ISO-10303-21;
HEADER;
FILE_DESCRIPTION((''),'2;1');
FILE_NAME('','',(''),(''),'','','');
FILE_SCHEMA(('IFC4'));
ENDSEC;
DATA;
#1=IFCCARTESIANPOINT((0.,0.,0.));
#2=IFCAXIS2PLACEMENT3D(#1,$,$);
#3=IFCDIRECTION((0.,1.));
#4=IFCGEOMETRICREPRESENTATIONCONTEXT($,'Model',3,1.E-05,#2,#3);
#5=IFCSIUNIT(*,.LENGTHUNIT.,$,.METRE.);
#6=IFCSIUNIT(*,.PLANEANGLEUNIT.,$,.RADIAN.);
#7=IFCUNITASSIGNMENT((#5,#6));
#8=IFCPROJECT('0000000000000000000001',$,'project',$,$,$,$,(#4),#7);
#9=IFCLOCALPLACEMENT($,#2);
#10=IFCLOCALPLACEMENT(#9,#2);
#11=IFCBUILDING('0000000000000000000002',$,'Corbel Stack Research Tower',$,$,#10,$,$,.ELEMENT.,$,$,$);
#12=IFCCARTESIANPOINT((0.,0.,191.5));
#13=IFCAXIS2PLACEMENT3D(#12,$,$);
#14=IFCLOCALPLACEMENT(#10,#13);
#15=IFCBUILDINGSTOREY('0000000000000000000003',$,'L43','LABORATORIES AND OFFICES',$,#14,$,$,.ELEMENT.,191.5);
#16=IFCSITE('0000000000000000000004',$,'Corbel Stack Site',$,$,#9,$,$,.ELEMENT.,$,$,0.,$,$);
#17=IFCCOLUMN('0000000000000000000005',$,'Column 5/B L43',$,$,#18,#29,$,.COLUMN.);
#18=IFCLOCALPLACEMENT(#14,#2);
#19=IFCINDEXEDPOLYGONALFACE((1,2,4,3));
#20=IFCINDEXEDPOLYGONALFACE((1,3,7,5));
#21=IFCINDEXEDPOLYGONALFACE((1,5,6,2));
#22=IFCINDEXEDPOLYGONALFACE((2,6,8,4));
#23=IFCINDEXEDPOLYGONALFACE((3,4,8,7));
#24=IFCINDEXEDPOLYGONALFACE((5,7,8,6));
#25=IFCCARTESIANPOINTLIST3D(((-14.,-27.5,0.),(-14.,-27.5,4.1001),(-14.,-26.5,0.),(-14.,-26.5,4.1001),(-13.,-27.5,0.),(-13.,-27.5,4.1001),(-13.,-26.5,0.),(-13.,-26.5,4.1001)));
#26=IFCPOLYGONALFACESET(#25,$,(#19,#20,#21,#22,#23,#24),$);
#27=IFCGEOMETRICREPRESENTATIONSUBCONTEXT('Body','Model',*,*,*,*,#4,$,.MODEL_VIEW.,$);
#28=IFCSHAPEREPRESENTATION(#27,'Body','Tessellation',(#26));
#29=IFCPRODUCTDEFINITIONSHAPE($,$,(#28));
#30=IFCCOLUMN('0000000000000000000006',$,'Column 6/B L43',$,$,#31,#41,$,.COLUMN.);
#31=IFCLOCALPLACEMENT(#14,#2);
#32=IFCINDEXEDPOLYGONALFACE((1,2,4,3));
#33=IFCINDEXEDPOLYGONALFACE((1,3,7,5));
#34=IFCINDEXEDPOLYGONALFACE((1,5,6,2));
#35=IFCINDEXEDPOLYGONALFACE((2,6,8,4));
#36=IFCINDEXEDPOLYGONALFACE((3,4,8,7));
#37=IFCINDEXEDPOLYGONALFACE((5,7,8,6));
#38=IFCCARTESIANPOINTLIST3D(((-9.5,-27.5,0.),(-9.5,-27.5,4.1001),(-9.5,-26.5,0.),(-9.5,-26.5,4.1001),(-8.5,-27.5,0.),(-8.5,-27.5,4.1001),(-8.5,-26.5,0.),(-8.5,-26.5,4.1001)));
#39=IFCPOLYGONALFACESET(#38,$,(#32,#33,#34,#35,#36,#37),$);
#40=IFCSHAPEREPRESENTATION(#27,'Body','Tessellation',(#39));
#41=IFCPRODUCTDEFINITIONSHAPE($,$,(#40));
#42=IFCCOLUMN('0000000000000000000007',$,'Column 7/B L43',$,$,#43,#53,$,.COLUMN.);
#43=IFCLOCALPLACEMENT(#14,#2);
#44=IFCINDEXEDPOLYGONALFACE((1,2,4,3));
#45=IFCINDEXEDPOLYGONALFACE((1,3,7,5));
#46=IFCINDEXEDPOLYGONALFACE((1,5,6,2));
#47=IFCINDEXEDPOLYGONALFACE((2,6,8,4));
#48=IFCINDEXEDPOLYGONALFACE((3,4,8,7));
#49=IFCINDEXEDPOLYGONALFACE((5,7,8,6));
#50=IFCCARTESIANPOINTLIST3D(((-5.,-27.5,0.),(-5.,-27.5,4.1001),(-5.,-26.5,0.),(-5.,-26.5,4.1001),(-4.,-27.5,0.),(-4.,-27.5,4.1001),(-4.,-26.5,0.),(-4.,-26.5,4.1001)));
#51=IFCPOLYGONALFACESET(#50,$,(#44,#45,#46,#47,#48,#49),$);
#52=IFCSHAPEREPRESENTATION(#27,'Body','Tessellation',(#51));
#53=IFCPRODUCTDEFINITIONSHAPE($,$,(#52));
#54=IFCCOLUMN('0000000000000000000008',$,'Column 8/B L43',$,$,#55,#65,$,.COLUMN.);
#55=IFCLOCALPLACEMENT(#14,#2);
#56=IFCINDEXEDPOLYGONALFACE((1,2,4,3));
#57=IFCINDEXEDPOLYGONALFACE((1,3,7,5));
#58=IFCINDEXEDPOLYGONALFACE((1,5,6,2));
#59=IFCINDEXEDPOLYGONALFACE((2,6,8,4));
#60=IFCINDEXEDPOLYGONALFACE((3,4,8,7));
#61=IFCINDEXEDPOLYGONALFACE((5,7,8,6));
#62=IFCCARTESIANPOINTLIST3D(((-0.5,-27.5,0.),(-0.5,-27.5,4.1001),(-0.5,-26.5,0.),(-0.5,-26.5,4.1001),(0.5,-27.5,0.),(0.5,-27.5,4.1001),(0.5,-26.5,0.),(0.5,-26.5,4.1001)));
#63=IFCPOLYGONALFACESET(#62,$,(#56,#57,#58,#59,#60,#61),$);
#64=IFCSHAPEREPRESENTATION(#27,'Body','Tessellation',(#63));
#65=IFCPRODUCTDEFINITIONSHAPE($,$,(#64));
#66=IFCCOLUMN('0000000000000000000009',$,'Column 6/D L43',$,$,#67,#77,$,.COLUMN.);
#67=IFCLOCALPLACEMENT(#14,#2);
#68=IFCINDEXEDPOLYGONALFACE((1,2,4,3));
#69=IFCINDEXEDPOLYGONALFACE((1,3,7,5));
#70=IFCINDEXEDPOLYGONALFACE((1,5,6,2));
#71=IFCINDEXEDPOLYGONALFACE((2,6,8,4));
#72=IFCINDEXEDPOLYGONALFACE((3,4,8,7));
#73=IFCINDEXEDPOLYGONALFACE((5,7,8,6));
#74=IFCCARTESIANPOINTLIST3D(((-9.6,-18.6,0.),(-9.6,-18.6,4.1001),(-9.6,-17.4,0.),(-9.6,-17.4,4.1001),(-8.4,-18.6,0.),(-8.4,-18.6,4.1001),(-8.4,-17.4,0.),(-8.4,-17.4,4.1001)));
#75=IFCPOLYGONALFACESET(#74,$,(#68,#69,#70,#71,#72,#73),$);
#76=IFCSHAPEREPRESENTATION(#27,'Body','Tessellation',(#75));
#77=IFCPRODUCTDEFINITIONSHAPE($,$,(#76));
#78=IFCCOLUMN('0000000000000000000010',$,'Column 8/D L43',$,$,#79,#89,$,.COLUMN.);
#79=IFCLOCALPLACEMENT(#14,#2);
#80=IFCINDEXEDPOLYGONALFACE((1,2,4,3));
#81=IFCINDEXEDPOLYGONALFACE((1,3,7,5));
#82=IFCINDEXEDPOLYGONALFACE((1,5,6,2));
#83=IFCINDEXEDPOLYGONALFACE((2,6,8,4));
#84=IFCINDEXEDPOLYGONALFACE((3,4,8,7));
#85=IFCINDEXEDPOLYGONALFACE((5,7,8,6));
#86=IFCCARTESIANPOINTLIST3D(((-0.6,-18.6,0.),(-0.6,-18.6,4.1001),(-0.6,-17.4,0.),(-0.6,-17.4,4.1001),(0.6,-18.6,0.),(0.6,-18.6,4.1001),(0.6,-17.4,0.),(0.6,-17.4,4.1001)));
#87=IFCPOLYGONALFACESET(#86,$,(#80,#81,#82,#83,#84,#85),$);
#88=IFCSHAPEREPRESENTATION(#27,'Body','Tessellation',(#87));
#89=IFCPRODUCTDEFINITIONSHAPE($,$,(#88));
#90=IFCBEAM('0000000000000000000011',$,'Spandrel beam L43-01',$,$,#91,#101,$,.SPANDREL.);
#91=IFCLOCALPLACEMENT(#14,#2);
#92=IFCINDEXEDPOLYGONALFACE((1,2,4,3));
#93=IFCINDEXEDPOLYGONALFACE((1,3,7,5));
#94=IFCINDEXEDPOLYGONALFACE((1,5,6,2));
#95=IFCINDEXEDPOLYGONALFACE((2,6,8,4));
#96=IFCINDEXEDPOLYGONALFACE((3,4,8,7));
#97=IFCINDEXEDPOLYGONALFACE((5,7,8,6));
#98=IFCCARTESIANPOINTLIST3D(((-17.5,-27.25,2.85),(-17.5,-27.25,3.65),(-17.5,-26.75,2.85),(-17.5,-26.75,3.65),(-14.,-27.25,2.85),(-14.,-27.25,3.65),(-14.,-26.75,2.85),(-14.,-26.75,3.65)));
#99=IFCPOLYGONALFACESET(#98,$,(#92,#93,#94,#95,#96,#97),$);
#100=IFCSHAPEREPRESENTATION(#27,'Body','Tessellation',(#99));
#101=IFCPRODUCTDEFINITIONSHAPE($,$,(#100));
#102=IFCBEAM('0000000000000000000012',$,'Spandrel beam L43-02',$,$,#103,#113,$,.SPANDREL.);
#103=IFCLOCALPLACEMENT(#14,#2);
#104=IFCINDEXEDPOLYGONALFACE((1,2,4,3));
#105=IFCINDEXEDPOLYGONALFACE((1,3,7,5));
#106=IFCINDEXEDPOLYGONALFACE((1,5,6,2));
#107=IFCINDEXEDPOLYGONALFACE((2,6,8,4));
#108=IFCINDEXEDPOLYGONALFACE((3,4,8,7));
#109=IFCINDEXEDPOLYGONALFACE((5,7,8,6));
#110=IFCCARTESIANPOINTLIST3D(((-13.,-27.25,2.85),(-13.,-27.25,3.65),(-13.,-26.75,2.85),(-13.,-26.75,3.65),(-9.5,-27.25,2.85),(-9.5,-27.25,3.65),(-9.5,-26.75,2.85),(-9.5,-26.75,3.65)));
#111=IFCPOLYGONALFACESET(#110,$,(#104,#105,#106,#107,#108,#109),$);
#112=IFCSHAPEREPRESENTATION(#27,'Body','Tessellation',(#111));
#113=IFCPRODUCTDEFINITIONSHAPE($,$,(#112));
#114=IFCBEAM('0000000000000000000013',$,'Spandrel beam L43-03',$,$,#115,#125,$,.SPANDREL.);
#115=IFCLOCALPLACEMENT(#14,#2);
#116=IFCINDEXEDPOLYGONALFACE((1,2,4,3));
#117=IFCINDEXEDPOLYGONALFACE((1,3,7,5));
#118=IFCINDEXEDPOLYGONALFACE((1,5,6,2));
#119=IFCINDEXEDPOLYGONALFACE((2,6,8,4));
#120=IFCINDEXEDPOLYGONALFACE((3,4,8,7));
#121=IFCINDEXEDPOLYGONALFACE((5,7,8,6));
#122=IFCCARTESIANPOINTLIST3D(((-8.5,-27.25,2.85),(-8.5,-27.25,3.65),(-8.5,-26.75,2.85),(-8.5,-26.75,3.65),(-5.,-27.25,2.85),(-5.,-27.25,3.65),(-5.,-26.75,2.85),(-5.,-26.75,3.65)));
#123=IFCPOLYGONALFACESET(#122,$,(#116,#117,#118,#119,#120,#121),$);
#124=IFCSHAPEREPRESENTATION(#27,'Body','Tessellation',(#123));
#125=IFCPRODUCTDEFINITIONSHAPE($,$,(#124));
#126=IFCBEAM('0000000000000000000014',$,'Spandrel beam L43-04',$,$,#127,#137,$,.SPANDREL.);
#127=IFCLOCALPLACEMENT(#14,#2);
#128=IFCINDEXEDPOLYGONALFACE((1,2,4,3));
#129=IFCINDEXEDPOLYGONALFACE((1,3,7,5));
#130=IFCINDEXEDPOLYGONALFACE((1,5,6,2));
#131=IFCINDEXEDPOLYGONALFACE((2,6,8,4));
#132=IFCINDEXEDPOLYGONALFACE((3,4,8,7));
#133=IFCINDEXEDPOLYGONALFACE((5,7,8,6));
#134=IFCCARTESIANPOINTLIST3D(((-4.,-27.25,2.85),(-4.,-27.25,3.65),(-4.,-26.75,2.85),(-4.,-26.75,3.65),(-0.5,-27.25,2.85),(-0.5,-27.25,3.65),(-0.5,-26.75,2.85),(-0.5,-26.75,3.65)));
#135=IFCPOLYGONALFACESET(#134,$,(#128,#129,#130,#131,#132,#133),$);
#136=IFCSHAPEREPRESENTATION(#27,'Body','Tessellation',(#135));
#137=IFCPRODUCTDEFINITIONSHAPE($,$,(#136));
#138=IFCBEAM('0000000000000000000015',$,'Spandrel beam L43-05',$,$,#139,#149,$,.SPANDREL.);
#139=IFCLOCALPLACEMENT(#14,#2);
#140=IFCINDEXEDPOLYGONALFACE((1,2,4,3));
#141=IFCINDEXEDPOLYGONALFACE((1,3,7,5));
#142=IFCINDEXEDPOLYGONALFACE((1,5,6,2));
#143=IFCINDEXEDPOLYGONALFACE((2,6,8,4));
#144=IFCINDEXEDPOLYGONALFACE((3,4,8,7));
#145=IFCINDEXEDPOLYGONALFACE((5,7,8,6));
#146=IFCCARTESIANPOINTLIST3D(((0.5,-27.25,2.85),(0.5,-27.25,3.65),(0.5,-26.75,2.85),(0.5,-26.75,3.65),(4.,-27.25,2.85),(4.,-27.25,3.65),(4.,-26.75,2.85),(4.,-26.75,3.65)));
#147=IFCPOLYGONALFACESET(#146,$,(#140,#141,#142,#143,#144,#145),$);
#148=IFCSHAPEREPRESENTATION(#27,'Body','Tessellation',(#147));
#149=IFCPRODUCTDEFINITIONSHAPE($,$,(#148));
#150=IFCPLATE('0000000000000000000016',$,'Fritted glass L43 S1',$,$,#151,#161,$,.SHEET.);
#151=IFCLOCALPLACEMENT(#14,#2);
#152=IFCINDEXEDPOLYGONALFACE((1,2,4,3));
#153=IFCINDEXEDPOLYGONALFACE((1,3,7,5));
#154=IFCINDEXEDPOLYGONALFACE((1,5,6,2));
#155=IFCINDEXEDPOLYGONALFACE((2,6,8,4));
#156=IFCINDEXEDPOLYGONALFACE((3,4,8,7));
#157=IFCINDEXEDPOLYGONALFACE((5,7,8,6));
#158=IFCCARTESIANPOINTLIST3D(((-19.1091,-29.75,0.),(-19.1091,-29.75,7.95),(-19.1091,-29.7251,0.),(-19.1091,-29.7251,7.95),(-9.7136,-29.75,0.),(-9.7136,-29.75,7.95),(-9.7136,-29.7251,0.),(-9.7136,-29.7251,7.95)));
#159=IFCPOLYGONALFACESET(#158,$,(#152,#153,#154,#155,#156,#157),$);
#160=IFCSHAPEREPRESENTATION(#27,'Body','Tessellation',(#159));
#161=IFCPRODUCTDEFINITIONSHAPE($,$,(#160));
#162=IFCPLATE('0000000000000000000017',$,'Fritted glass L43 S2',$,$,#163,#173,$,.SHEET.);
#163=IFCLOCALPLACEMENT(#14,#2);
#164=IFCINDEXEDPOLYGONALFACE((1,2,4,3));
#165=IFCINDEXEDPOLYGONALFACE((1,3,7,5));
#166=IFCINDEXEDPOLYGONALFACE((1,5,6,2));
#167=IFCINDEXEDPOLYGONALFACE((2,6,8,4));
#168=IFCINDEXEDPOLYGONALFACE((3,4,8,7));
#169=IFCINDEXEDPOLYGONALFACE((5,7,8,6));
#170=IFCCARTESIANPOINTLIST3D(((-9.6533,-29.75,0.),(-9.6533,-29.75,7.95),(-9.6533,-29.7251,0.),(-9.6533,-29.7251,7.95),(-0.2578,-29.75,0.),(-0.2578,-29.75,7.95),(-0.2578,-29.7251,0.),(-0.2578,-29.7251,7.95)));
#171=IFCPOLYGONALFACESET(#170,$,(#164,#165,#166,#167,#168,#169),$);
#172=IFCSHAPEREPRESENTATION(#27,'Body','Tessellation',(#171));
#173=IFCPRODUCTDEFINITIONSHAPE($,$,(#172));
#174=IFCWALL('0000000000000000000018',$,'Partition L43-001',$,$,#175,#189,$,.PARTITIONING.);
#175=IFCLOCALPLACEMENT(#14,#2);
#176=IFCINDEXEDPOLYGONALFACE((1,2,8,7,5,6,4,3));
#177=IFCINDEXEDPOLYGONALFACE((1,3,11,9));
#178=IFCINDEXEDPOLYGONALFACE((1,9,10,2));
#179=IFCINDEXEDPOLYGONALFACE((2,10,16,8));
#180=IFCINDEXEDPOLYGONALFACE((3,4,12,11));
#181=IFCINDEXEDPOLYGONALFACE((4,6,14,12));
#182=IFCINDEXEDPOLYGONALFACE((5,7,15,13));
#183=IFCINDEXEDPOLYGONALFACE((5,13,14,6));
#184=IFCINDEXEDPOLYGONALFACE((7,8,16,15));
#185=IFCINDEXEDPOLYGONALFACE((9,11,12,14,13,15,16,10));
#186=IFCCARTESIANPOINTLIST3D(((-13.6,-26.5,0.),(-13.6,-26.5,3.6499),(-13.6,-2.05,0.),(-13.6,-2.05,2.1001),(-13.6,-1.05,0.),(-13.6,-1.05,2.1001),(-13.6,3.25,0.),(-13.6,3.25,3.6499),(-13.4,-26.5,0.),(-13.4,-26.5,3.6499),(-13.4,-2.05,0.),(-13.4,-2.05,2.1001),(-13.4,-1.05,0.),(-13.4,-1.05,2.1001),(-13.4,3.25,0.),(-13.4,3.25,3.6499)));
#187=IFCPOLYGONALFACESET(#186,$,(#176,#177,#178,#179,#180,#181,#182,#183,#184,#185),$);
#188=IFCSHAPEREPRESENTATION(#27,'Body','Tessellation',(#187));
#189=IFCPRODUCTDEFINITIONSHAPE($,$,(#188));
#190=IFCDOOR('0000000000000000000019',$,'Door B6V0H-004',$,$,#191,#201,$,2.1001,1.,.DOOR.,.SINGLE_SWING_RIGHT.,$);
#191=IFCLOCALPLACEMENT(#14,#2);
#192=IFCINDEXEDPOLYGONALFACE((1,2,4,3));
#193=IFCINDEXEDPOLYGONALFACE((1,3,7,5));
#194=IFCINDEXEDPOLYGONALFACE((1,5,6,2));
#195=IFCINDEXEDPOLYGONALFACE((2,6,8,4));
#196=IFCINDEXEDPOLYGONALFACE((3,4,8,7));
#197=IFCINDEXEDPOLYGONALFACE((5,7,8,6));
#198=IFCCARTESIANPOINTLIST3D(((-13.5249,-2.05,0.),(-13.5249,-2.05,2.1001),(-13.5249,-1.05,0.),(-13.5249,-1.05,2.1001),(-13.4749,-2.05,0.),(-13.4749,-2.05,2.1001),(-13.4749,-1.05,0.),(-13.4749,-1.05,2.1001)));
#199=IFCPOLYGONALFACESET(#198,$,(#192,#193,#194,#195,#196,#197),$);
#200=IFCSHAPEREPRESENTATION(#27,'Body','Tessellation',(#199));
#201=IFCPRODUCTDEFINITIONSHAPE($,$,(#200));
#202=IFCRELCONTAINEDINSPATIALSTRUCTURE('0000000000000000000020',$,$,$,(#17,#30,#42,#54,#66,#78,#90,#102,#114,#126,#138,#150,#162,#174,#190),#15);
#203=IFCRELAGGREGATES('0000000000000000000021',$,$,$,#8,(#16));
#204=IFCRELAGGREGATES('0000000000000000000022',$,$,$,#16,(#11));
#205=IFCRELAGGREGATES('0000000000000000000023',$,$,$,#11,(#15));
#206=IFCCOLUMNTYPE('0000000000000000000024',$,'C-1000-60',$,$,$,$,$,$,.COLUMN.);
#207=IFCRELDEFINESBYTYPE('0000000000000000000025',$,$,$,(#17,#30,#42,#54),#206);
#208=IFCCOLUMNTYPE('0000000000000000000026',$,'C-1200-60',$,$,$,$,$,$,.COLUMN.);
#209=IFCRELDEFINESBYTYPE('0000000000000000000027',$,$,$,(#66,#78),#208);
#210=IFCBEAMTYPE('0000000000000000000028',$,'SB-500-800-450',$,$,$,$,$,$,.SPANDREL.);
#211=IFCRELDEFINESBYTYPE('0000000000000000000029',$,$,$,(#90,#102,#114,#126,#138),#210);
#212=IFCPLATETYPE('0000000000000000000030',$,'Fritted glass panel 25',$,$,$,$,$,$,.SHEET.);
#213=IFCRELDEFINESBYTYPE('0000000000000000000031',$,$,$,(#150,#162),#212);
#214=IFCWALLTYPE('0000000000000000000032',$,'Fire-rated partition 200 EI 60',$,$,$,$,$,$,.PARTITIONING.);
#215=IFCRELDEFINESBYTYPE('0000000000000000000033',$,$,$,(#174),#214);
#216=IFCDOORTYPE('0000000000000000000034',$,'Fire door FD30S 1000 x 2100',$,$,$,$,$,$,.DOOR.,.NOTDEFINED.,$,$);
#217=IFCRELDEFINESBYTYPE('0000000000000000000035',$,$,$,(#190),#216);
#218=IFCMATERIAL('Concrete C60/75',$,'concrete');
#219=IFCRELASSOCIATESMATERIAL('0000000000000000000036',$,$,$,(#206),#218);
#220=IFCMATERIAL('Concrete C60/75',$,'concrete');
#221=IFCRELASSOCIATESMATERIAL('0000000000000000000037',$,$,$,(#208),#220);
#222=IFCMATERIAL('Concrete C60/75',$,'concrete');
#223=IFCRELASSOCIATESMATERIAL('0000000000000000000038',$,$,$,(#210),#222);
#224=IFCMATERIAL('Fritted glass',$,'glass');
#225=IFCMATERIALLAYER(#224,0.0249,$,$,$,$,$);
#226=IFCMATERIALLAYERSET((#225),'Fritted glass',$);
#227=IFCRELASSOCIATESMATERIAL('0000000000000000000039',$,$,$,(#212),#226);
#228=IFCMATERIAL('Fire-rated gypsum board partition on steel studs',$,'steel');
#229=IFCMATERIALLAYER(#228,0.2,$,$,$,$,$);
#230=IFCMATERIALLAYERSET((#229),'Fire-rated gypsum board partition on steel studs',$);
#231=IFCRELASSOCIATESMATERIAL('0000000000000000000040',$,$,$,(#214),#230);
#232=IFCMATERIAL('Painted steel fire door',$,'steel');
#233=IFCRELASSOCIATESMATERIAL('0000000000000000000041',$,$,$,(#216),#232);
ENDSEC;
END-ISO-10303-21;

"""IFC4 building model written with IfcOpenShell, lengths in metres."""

from ifc_helpers import new_model, si_unit, direction, frame, frame_2d, origin, origin_2d, place, context, subcontext, project, spatial, rectangle, extrude, material, layer, layer_set, material_profile, profile_set, type_object, element, fill, save


model = new_model("IFC4")

# Units and contexts
model_context = context("Model", 3, precision=1e-05, world=origin(), true_north=direction((0.0, 1.0)))
body_context = subcontext(model_context, "Body", "Model", "MODEL_VIEW")
ifc_project = project(units=[si_unit("LENGTHUNIT", "METRE"), si_unit("PLANEANGLEUNIT", "RADIAN")], contexts=[model_context])

# Site, building, storey
site_placement = place(None, origin())
site = spatial("IfcSite", under=ifc_project, at=site_placement, Name="Corbel Stack Site", CompositionType="ELEMENT", RefElevation=0.0)
building_placement = place(site_placement, origin())
building = spatial("IfcBuilding", under=site, at=building_placement, Name="Corbel Stack Research Tower", CompositionType="ELEMENT")
storey_placement = place(building_placement, frame((0.0, 0.0, 191.5)))
storey = spatial("IfcBuildingStorey", under=building, at=storey_placement, Name="L43", Description="LABORATORIES AND OFFICES", CompositionType="ELEMENT", Elevation=191.5)

# Columns
ifc_material_1 = material(Name="Concrete C60/75", Category="concrete")
ifc_material_profile_1 = material_profile(ifc_material_1, rectangle(XDim=1.0, YDim=1.0, at=origin_2d()), Name="RC 1000 x 1000")
ifc_profile_set_1 = profile_set([ifc_material_profile_1], Name="Concrete C60/75")
column_type_1 = type_object("IfcColumnType", Name="C-1000-60", PredefinedType="COLUMN", material=ifc_profile_set_1)
for number, where, z_axis, x_axis, name in (
    (1, (-13.5, -27.0, 0.0), (0.0, 0.0, 1.0), (1.0, 0.0, 0.0), "Column 5/B L43"),
    (2, (-9.0, -27.0, 0.0), (0.0, 0.0, 1.0), (1.0, 0.0, 0.0), "Column 6/B L43"),
    (3, (-4.5, -27.0, 0.0), (0.0, 0.0, 1.0), (1.0, 0.0, 0.0), "Column 7/B L43"),
    (4, (0.0, -27.0, 0.0), (0.0, 0.0, 1.0), (1.0, 0.0, 0.0), "Column 8/B L43"),
):
    element("IfcColumn", number, at=place(storey_placement, frame(where, z_axis=z_axis, x_axis=x_axis)), inside=storey, type_object=column_type_1, Name=name, PredefinedType="COLUMN", context=body_context, shape_type="SweptSolid", body=[
        extrude(rectangle(XDim=1.0, YDim=1.0, at=origin_2d()), origin(), (0.0, 0.0, 1.0), 4.1001),
    ])
ifc_material_2 = material(Name="Concrete C60/75", Category="concrete")
ifc_material_profile_2 = material_profile(ifc_material_2, rectangle(XDim=1.2, YDim=1.2, at=origin_2d()), Name="RC 1200 x 1200")
ifc_profile_set_2 = profile_set([ifc_material_profile_2], Name="Concrete C60/75")
column_type_2 = type_object("IfcColumnType", Name="C-1200-60", PredefinedType="COLUMN", material=ifc_profile_set_2)
for number, where, z_axis, x_axis, name in (
    (5, (-9.0, -18.0, 0.0), (0.0, 0.0, 1.0), (1.0, 0.0, 0.0), "Column 6/D L43"),
    (6, (0.0, -18.0, 0.0), (0.0, 0.0, 1.0), (1.0, 0.0, 0.0), "Column 8/D L43"),
):
    element("IfcColumn", number, at=place(storey_placement, frame(where, z_axis=z_axis, x_axis=x_axis)), inside=storey, type_object=column_type_2, Name=name, PredefinedType="COLUMN", context=body_context, shape_type="SweptSolid", body=[
        extrude(rectangle(XDim=1.2, YDim=1.2, at=origin_2d()), origin(), (0.0, 0.0, 1.0), 4.1001),
    ])

# Beams
ifc_material_3 = material(Name="Concrete C60/75", Category="concrete")
ifc_material_profile_3 = material_profile(ifc_material_3, rectangle(XDim=0.5, YDim=0.8, at=origin_2d()), Name="RC 500 x 800")
ifc_profile_set_3 = profile_set([ifc_material_profile_3], Name="Concrete C60/75")
beam_type = type_object("IfcBeamType", Name="SB-500-800-450", PredefinedType="SPANDREL", material=ifc_profile_set_3)
for number, where, z_axis, x_axis, name in (
    (7, (-17.5, -27.0, 3.25), (1.0, 0.0, 0.0), (0.0, 1.0, 0.0), "Spandrel beam L43-01"),
    (8, (-13.0, -27.0, 3.25), (1.0, 0.0, 0.0), (0.0, 1.0, 0.0), "Spandrel beam L43-02"),
    (9, (-8.5, -27.0, 3.25), (1.0, 0.0, 0.0), (0.0, 1.0, 0.0), "Spandrel beam L43-03"),
    (10, (-4.0, -27.0, 3.25), (1.0, 0.0, 0.0), (0.0, 1.0, 0.0), "Spandrel beam L43-04"),
    (11, (0.5, -27.0, 3.25), (1.0, 0.0, 0.0), (0.0, 1.0, 0.0), "Spandrel beam L43-05"),
):
    element("IfcBeam", number, at=place(storey_placement, frame(where, z_axis=z_axis, x_axis=x_axis)), inside=storey, type_object=beam_type, Name=name, PredefinedType="SPANDREL", context=body_context, shape_type="SweptSolid", body=[
        extrude(rectangle(XDim=0.5, YDim=0.8, at=origin_2d()), origin(), (0.0, 0.0, 1.0), 3.5),
    ])

# Plates
ifc_material_4 = material(Name="Fritted glass", Category="glass")
ifc_layer_1 = layer(ifc_material_4, 0.0249)
ifc_layer_set_1 = layer_set([ifc_layer_1], Name="Fritted glass")
plate_type = type_object("IfcPlateType", Name="Fritted glass panel 25", PredefinedType="SHEET", material=ifc_layer_set_1)
for number, where, z_axis, x_axis, name in (
    (12, (-14.4114, -29.7375, 0.0), (0.0, 0.0, 1.0), (1.0, 0.0, 0.0), "Fritted glass L43 S1"),
    (13, (-4.9556, -29.7375, 0.0), (0.0, 0.0, 1.0), (1.0, 0.0, 0.0), "Fritted glass L43 S2"),
):
    element("IfcPlate", number, at=place(storey_placement, frame(where, z_axis=z_axis, x_axis=x_axis)), inside=storey, type_object=plate_type, Name=name, PredefinedType="SHEET", context=body_context, shape_type="SweptSolid", body=[
        extrude(rectangle(XDim=9.3955, YDim=0.0249, at=origin_2d()), origin(), (0.0, 0.0, 1.0), 7.95),
    ])

# Wall, opening, door
ifc_material_5 = material(Name="Fire-rated gypsum board partition on steel studs", Category="steel")
ifc_layer_2 = layer(ifc_material_5, 0.2)
ifc_layer_set_2 = layer_set([ifc_layer_2], Name="Fire-rated gypsum board partition on steel studs")
wall_type_1 = type_object("IfcWallType", Name="Fire-rated partition 200 EI 60", PredefinedType="PARTITIONING", material=ifc_layer_set_2)
wall_1_placement = place(storey_placement, frame((-13.5, -26.5, 0.0), z_axis=(0.0, 0.0, 1.0), x_axis=(0.0, 1.0, 0.0)))
wall_1 = element("IfcWall", 14, at=wall_1_placement, inside=storey, type_object=wall_type_1, Name="Partition L43-001", PredefinedType="PARTITIONING", context=body_context, shape_type="SweptSolid", body=[
    extrude(rectangle(XDim=29.75, YDim=0.2, at=frame_2d((14.875, 0.0))), origin(), (0.0, 0.0, 1.0), 3.6499),
])
opening_1_placement = place(wall_1_placement, frame((24.45, 0.0, 0.0)))
opening_1 = element("IfcOpeningElement", 15, at=opening_1_placement, cuts=wall_1, PredefinedType="OPENING", context=body_context, shape_type="SweptSolid", body=[
    extrude(rectangle(XDim=1.0, YDim=2.1001, at=frame_2d((0.5, 1.05))), frame((0.0, 0.1099, 0.0), z_axis=(0.0, -1.0, 0.0), x_axis=(1.0, 0.0, 0.0)), (0.0, 0.0, 1.0), 0.22),
])
ifc_material_6 = material(Name="Painted steel fire door", Category="steel")
door_type_1 = type_object("IfcDoorType", Name="Fire door FD30S 1000 x 2100", OperationType="NOTDEFINED", PredefinedType="DOOR", material=ifc_material_6)
door_1_placement = place(opening_1_placement, origin())
door_1 = element("IfcDoor", 16, at=door_1_placement, inside=storey, type_object=door_type_1, Name="Door B6V0H-004", OperationType="SINGLE_SWING_RIGHT", OverallHeight=2.1001, OverallWidth=1.0, PredefinedType="DOOR", context=body_context, shape_type="SweptSolid", body=[
    extrude(rectangle(XDim=1.0, YDim=2.1001, at=frame_2d((0.5, 1.05))), frame((0.0, 0.0249, 0.0), z_axis=(0.0, -1.0, 0.0), x_axis=(1.0, 0.0, 0.0)), (0.0, 0.0, 1.0), 0.05),
])
fill(opening_1, door_1)

save(model, "model.ifc")
